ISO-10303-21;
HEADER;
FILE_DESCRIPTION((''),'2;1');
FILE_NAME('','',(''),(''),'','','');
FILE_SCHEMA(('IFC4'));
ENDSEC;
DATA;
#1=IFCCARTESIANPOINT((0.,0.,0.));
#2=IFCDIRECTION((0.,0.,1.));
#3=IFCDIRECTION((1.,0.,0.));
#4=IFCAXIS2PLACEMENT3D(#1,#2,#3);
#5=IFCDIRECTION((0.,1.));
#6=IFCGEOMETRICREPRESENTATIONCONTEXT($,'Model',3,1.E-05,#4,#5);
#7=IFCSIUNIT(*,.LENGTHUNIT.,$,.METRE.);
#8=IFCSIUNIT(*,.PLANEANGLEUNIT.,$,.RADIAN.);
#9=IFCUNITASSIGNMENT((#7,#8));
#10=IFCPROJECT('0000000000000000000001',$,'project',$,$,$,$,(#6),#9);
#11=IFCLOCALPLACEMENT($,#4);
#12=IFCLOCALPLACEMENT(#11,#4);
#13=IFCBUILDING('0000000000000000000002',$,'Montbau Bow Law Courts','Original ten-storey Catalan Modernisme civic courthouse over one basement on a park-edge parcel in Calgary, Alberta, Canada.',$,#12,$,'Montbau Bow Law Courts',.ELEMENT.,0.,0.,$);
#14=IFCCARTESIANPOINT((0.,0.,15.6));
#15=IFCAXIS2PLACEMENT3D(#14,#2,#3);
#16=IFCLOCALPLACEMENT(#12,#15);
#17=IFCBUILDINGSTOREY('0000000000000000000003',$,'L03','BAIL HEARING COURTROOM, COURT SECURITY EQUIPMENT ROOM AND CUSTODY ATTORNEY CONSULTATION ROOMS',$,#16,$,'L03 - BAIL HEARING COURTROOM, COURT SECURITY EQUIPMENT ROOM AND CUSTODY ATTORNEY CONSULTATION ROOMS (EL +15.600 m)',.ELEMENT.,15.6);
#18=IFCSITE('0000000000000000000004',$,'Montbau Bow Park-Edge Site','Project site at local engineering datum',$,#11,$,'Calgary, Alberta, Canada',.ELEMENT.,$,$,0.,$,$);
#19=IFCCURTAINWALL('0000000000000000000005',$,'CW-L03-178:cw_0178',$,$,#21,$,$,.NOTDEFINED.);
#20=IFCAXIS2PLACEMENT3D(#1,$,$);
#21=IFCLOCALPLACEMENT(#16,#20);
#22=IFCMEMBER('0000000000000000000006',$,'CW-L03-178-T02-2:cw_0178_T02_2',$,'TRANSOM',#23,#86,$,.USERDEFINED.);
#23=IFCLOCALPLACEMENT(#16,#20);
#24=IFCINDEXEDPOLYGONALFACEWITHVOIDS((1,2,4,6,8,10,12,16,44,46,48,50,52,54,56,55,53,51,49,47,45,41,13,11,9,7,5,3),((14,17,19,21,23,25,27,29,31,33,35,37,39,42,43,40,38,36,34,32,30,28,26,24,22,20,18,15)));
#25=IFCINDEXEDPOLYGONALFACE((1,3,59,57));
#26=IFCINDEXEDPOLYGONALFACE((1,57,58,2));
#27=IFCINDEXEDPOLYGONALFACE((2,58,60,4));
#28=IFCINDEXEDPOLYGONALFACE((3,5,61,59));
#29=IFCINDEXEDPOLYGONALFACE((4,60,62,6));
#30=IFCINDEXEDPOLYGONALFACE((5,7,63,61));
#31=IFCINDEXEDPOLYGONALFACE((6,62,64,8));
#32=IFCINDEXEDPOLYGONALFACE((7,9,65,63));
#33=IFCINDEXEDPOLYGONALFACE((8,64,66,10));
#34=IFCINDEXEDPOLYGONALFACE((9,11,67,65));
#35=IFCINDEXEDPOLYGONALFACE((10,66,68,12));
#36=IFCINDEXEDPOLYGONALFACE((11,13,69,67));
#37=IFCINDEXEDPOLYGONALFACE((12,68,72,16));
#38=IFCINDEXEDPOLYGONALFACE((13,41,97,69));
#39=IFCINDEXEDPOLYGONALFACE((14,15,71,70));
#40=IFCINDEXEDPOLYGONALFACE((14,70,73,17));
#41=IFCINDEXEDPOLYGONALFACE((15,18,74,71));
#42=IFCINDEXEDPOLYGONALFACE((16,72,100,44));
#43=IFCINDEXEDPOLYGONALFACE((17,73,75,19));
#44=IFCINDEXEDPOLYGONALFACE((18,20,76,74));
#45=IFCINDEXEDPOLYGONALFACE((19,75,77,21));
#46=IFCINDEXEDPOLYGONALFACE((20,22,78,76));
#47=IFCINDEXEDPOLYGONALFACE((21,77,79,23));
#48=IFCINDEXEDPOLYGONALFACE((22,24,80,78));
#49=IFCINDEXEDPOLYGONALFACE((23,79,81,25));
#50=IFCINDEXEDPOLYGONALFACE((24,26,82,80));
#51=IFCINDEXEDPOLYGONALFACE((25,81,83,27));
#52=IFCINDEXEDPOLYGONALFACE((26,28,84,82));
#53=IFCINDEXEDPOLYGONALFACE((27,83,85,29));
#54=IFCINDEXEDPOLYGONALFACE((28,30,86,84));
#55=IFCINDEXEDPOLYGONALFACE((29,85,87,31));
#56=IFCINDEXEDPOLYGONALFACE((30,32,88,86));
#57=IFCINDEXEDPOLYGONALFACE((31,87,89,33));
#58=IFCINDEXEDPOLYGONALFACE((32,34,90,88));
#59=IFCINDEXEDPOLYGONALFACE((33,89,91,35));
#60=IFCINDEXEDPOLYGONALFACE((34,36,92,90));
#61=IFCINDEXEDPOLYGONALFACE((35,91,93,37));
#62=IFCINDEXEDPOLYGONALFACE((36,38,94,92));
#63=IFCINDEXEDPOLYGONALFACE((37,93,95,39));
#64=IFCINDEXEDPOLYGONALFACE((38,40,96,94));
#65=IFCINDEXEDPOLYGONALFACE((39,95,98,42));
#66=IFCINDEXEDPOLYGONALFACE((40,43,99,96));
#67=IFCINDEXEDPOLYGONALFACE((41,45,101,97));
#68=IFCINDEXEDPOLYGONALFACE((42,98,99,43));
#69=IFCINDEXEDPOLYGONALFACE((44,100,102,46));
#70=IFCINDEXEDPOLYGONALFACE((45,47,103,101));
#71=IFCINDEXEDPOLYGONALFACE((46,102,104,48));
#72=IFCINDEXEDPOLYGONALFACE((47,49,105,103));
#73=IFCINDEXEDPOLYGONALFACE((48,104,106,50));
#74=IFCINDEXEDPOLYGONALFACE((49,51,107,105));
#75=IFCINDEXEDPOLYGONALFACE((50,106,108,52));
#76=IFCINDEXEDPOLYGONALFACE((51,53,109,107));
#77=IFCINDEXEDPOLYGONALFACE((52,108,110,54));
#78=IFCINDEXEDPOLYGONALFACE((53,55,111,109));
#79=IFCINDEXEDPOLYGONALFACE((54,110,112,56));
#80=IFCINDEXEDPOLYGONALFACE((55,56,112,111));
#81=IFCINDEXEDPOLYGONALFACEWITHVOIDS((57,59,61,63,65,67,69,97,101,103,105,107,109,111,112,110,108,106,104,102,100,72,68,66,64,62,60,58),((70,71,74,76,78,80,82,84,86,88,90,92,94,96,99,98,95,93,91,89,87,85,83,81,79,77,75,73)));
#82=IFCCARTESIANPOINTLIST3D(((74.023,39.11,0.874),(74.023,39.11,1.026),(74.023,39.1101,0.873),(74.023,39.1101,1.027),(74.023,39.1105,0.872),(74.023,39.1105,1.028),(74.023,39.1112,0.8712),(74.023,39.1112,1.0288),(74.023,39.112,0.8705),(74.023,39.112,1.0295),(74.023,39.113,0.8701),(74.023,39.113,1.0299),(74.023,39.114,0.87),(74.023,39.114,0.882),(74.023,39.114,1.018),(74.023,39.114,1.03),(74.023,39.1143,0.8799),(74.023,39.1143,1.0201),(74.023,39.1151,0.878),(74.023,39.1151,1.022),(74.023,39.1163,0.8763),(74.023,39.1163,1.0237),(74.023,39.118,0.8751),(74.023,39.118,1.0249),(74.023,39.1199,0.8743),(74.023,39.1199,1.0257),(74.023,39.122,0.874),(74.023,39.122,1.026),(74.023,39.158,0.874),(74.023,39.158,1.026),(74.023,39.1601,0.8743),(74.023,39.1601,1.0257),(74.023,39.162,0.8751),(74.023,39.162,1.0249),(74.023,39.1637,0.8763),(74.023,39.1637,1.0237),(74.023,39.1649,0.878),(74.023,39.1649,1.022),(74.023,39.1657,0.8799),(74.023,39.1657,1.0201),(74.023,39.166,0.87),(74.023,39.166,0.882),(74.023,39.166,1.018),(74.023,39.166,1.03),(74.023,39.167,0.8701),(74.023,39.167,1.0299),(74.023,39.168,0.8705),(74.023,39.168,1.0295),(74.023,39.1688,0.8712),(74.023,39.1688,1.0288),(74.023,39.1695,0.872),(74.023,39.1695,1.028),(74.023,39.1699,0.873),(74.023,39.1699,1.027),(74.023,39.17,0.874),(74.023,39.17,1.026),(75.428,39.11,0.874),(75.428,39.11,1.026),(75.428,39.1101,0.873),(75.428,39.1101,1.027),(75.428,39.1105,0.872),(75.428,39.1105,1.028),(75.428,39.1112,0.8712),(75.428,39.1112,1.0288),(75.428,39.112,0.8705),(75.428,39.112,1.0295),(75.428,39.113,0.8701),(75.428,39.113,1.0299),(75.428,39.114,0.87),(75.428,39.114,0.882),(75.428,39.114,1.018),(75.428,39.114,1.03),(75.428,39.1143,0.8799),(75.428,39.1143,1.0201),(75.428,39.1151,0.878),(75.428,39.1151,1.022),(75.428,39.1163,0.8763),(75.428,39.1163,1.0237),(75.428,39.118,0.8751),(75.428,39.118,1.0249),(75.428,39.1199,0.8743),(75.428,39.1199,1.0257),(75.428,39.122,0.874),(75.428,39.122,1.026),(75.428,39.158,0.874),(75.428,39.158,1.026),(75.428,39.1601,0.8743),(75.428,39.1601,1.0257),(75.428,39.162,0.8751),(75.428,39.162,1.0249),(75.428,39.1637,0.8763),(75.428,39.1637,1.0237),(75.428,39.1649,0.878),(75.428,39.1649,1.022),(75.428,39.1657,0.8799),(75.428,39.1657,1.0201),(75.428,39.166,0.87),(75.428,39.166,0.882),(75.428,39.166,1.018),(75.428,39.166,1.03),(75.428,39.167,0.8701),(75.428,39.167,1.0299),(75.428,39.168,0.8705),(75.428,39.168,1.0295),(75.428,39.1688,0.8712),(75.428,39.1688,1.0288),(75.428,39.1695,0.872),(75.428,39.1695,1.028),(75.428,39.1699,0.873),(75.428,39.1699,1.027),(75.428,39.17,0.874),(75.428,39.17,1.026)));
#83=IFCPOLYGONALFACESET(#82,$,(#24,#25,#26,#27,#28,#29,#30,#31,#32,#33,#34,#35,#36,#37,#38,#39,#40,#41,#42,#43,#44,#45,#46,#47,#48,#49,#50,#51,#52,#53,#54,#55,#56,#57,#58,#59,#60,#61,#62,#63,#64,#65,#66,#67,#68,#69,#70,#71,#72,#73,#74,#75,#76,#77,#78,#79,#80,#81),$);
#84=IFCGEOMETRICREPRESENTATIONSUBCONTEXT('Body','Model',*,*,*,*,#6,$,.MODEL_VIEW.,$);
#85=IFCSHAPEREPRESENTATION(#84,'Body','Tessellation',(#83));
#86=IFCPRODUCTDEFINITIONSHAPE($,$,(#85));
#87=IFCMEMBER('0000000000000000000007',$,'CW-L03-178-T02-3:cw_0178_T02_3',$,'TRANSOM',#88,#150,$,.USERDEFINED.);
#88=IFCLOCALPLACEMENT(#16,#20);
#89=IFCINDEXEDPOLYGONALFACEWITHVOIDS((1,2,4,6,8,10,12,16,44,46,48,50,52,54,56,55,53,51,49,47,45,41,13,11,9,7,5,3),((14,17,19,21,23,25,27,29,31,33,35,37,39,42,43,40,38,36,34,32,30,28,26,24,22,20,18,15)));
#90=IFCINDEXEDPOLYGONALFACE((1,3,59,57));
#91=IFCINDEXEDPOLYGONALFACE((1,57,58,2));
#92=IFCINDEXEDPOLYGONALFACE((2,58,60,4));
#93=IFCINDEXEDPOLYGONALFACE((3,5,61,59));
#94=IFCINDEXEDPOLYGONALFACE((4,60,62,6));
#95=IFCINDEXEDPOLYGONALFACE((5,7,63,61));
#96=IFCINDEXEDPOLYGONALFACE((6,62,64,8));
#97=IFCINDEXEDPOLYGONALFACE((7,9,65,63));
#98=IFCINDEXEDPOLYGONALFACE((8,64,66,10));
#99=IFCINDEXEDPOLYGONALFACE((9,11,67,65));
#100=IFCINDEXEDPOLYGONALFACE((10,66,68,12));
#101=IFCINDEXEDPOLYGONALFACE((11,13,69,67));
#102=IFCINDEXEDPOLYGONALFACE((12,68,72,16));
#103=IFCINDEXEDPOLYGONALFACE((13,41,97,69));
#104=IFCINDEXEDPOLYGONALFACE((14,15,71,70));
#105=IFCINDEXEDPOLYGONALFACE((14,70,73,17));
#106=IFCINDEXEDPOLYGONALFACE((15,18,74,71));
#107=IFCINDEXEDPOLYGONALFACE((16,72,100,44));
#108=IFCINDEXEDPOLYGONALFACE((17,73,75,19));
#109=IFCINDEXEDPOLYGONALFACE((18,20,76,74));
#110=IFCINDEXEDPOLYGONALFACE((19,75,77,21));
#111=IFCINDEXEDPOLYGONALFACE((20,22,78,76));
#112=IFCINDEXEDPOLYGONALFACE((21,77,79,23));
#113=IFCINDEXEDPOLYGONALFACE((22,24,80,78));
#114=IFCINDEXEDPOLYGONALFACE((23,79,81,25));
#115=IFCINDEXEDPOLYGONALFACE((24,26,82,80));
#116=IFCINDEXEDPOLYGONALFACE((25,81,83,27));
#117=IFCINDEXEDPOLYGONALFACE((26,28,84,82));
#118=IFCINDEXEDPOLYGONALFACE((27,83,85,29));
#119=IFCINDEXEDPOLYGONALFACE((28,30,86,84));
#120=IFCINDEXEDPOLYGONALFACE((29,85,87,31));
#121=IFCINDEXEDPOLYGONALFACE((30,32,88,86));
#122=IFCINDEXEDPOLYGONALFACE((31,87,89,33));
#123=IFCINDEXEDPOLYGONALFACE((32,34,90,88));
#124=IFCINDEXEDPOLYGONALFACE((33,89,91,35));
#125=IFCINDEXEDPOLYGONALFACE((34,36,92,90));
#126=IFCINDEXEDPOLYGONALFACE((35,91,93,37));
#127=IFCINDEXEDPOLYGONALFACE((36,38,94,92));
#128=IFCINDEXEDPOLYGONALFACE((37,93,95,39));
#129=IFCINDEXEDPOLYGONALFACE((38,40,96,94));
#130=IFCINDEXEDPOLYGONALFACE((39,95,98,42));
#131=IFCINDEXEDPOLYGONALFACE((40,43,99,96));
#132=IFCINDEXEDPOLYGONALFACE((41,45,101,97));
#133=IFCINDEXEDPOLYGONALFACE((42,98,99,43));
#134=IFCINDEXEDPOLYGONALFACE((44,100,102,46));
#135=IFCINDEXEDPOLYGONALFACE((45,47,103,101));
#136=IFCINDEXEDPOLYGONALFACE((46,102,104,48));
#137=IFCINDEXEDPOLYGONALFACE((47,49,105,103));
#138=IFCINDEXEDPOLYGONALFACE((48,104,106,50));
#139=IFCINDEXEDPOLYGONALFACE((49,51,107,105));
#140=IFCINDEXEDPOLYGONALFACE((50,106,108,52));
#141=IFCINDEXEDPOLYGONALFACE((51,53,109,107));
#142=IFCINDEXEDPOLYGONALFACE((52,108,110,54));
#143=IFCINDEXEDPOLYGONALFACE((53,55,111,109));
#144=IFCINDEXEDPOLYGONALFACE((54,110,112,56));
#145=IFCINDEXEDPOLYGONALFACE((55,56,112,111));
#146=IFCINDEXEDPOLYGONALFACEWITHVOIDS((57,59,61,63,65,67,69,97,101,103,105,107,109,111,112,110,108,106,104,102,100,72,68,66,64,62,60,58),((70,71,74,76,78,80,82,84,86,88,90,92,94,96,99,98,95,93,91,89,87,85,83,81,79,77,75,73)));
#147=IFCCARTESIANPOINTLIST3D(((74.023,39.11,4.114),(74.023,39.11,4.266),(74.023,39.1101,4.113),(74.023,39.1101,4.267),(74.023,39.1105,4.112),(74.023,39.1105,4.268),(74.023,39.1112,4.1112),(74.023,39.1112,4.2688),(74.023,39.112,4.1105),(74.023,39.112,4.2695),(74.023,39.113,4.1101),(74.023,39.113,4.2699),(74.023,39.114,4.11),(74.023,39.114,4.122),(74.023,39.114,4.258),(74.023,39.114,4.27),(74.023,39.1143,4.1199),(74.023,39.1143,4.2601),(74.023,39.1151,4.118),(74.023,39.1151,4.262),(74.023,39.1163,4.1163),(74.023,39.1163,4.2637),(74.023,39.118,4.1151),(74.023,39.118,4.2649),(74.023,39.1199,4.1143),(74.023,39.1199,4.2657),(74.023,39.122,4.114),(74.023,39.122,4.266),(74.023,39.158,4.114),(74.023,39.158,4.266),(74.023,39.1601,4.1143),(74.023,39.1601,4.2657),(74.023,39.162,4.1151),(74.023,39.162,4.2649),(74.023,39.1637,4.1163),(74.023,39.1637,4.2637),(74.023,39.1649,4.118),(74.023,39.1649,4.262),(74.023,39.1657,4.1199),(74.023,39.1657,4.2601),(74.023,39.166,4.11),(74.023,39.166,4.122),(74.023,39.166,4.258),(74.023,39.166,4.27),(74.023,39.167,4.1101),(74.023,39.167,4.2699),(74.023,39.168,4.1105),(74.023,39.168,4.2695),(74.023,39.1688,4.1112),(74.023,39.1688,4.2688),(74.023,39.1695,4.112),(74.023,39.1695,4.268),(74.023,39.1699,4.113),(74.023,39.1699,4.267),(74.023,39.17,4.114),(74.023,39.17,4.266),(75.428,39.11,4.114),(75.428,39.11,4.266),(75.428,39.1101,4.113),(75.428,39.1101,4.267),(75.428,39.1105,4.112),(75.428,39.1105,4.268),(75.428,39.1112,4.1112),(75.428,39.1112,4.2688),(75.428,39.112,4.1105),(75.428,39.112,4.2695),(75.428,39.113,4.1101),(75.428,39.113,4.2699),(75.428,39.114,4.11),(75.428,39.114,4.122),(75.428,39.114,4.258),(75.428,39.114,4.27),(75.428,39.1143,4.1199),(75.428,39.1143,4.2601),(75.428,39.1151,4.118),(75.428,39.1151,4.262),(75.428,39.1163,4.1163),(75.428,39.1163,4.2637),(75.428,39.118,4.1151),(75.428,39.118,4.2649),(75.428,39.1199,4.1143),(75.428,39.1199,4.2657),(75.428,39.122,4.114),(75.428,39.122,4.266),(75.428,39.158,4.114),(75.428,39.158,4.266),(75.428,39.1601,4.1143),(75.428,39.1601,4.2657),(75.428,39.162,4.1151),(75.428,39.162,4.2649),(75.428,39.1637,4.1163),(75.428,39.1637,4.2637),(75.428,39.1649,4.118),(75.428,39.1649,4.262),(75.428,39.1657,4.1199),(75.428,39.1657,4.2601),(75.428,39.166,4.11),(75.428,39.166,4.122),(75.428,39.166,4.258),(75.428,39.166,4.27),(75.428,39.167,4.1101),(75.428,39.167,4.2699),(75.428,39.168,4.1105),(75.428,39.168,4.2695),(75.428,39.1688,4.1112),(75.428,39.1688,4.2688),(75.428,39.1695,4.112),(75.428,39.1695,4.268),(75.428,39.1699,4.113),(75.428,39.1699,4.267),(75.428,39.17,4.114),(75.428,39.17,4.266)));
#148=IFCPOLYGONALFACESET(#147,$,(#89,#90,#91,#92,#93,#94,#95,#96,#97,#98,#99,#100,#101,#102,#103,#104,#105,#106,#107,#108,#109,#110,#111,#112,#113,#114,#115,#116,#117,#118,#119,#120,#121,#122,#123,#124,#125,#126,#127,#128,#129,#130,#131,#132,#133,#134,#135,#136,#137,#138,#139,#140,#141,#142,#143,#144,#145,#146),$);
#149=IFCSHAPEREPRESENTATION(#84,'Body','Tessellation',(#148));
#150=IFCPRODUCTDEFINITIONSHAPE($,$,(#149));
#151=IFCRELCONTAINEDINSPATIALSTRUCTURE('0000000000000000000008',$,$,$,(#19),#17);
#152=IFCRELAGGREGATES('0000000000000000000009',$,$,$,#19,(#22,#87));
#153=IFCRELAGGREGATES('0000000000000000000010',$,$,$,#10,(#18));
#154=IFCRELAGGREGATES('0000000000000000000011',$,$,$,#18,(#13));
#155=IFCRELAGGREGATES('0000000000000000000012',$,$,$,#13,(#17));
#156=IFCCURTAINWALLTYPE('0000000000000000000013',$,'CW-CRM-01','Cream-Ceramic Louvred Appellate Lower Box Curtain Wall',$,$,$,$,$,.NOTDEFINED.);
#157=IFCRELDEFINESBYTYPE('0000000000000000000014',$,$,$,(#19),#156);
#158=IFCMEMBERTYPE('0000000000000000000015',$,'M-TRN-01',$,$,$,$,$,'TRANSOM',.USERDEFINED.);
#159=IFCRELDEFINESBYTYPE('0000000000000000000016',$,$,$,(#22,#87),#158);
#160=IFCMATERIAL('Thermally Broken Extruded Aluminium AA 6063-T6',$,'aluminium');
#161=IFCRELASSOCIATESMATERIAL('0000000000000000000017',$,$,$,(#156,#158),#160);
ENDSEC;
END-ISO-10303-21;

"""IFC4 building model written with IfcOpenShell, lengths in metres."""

from ifc_helpers import new_model, si_unit, direction, frame, origin_with_axes, origin_2d_with_axis, place, context, subcontext, project, spatial, hollow_rectangle, extrude, material, material_profile, profile_set, type_object, element, aggregate, save


model = new_model("IFC4")

# Units and contexts
model_context = context("Model", 3, precision=1e-05, world=origin_with_axes(), true_north=direction((0.0, 1.0)))
body_context = subcontext(model_context, "Body", "Model", "MODEL_VIEW")
ifc_project = project(units=[si_unit("LENGTHUNIT", "METRE"), si_unit("PLANEANGLEUNIT", "RADIAN")], contexts=[model_context])

# Site, building, storey
site_placement = place(None, origin_with_axes())
site = spatial("IfcSite", under=ifc_project, at=site_placement, Name="Montbau Bow Park-Edge Site", Description="Project site at local engineering datum", LongName="Calgary, Alberta, Canada", CompositionType="ELEMENT", RefElevation=0.0)
building_placement = place(site_placement, origin_with_axes())
building = spatial("IfcBuilding", under=site, at=building_placement, Name="Montbau Bow Law Courts", Description="Original ten-storey Catalan Modernisme civic courthouse over one basement on a park-edge parcel in Calgary, Alberta, Canada.", LongName="Montbau Bow Law Courts", CompositionType="ELEMENT", ElevationOfRefHeight=0.0, ElevationOfTerrain=0.0)
storey_placement = place(building_placement, frame((0.0, 0.0, 15.6), z_axis=(0.0, 0.0, 1.0), x_axis=(1.0, 0.0, 0.0)))
storey = spatial("IfcBuildingStorey", under=building, at=storey_placement, Name="L03", Description="BAIL HEARING COURTROOM, COURT SECURITY EQUIPMENT ROOM AND CUSTODY ATTORNEY CONSULTATION ROOMS", LongName="L03 - BAIL HEARING COURTROOM, COURT SECURITY EQUIPMENT ROOM AND CUSTODY ATTORNEY CONSULTATION ROOMS (EL +15.600 m)", CompositionType="ELEMENT", Elevation=15.6)

# Shared definitions
ifc_material_1 = material(Name="Thermally Broken Extruded Aluminium AA 6063-T6", Category="aluminium")
curtain_wall_type = type_object("IfcCurtainWallType", Name="CW-CRM-01", Description="Cream-Ceramic Louvred Appellate Lower Box Curtain Wall", PredefinedType="NOTDEFINED", material=ifc_material_1)

# Curtain wall, members
curtain_wall_1_placement = place(None, frame((72.515, 39.14, 15.6), z_axis=(0.0, 0.0, 1.0), x_axis=(1.0, 0.0, 0.0)))
curtain_wall_1 = element("IfcCurtainWall", 1, at=curtain_wall_1_placement, inside=storey, type_object=curtain_wall_type, Name="CW-L03-178:cw_0178", PredefinedType="NOTDEFINED")
ifc_material_profile_1 = material_profile(ifc_material_1, hollow_rectangle(XDim=0.06, YDim=0.16, WallThickness=0.004, InnerFilletRadius=0.008, OuterFilletRadius=0.004, at=origin_2d_with_axis()), Name="CWT-160X60", Category="Main", Priority=0)
ifc_profile_set_1 = profile_set([ifc_material_profile_1], Name="Thermally Broken Extruded Aluminium AA 6063-T6")
member_type_1 = type_object("IfcMemberType", Name="M-TRN-01", ElementType="TRANSOM", PredefinedType="USERDEFINED", material=ifc_profile_set_1)
member_1_placement = place(None, frame((74.023, 39.14, 16.55), z_axis=(1.0, 0.0, 0.0), x_axis=(0.0, 1.0, 0.0)))
member_1 = element("IfcMember", 2, at=member_1_placement, type_object=member_type_1, Name="CW-L03-178-T02-2:cw_0178_T02_2", ObjectType="TRANSOM", PredefinedType="USERDEFINED", context=body_context, shape_type="SweptSolid", body=[
    extrude(hollow_rectangle(XDim=0.06, YDim=0.16, WallThickness=0.004, InnerFilletRadius=0.008, OuterFilletRadius=0.004, at=origin_2d_with_axis()), origin_with_axes(), (0.0, 0.0, 1.0), 1.405),
])
member_2_placement = place(None, frame((74.023, 39.14, 19.79), z_axis=(1.0, 0.0, 0.0), x_axis=(0.0, 1.0, 0.0)))
member_2 = element("IfcMember", 3, at=member_2_placement, type_object=member_type_1, Name="CW-L03-178-T02-3:cw_0178_T02_3", ObjectType="TRANSOM", PredefinedType="USERDEFINED", context=body_context, shape_type="SweptSolid", body=[
    extrude(hollow_rectangle(XDim=0.06, YDim=0.16, WallThickness=0.004, InnerFilletRadius=0.008, OuterFilletRadius=0.004, at=origin_2d_with_axis()), origin_with_axes(), (0.0, 0.0, 1.0), 1.405),
])

aggregate(curtain_wall_1, [member_1, member_2])

save(model, "model.ifc")
